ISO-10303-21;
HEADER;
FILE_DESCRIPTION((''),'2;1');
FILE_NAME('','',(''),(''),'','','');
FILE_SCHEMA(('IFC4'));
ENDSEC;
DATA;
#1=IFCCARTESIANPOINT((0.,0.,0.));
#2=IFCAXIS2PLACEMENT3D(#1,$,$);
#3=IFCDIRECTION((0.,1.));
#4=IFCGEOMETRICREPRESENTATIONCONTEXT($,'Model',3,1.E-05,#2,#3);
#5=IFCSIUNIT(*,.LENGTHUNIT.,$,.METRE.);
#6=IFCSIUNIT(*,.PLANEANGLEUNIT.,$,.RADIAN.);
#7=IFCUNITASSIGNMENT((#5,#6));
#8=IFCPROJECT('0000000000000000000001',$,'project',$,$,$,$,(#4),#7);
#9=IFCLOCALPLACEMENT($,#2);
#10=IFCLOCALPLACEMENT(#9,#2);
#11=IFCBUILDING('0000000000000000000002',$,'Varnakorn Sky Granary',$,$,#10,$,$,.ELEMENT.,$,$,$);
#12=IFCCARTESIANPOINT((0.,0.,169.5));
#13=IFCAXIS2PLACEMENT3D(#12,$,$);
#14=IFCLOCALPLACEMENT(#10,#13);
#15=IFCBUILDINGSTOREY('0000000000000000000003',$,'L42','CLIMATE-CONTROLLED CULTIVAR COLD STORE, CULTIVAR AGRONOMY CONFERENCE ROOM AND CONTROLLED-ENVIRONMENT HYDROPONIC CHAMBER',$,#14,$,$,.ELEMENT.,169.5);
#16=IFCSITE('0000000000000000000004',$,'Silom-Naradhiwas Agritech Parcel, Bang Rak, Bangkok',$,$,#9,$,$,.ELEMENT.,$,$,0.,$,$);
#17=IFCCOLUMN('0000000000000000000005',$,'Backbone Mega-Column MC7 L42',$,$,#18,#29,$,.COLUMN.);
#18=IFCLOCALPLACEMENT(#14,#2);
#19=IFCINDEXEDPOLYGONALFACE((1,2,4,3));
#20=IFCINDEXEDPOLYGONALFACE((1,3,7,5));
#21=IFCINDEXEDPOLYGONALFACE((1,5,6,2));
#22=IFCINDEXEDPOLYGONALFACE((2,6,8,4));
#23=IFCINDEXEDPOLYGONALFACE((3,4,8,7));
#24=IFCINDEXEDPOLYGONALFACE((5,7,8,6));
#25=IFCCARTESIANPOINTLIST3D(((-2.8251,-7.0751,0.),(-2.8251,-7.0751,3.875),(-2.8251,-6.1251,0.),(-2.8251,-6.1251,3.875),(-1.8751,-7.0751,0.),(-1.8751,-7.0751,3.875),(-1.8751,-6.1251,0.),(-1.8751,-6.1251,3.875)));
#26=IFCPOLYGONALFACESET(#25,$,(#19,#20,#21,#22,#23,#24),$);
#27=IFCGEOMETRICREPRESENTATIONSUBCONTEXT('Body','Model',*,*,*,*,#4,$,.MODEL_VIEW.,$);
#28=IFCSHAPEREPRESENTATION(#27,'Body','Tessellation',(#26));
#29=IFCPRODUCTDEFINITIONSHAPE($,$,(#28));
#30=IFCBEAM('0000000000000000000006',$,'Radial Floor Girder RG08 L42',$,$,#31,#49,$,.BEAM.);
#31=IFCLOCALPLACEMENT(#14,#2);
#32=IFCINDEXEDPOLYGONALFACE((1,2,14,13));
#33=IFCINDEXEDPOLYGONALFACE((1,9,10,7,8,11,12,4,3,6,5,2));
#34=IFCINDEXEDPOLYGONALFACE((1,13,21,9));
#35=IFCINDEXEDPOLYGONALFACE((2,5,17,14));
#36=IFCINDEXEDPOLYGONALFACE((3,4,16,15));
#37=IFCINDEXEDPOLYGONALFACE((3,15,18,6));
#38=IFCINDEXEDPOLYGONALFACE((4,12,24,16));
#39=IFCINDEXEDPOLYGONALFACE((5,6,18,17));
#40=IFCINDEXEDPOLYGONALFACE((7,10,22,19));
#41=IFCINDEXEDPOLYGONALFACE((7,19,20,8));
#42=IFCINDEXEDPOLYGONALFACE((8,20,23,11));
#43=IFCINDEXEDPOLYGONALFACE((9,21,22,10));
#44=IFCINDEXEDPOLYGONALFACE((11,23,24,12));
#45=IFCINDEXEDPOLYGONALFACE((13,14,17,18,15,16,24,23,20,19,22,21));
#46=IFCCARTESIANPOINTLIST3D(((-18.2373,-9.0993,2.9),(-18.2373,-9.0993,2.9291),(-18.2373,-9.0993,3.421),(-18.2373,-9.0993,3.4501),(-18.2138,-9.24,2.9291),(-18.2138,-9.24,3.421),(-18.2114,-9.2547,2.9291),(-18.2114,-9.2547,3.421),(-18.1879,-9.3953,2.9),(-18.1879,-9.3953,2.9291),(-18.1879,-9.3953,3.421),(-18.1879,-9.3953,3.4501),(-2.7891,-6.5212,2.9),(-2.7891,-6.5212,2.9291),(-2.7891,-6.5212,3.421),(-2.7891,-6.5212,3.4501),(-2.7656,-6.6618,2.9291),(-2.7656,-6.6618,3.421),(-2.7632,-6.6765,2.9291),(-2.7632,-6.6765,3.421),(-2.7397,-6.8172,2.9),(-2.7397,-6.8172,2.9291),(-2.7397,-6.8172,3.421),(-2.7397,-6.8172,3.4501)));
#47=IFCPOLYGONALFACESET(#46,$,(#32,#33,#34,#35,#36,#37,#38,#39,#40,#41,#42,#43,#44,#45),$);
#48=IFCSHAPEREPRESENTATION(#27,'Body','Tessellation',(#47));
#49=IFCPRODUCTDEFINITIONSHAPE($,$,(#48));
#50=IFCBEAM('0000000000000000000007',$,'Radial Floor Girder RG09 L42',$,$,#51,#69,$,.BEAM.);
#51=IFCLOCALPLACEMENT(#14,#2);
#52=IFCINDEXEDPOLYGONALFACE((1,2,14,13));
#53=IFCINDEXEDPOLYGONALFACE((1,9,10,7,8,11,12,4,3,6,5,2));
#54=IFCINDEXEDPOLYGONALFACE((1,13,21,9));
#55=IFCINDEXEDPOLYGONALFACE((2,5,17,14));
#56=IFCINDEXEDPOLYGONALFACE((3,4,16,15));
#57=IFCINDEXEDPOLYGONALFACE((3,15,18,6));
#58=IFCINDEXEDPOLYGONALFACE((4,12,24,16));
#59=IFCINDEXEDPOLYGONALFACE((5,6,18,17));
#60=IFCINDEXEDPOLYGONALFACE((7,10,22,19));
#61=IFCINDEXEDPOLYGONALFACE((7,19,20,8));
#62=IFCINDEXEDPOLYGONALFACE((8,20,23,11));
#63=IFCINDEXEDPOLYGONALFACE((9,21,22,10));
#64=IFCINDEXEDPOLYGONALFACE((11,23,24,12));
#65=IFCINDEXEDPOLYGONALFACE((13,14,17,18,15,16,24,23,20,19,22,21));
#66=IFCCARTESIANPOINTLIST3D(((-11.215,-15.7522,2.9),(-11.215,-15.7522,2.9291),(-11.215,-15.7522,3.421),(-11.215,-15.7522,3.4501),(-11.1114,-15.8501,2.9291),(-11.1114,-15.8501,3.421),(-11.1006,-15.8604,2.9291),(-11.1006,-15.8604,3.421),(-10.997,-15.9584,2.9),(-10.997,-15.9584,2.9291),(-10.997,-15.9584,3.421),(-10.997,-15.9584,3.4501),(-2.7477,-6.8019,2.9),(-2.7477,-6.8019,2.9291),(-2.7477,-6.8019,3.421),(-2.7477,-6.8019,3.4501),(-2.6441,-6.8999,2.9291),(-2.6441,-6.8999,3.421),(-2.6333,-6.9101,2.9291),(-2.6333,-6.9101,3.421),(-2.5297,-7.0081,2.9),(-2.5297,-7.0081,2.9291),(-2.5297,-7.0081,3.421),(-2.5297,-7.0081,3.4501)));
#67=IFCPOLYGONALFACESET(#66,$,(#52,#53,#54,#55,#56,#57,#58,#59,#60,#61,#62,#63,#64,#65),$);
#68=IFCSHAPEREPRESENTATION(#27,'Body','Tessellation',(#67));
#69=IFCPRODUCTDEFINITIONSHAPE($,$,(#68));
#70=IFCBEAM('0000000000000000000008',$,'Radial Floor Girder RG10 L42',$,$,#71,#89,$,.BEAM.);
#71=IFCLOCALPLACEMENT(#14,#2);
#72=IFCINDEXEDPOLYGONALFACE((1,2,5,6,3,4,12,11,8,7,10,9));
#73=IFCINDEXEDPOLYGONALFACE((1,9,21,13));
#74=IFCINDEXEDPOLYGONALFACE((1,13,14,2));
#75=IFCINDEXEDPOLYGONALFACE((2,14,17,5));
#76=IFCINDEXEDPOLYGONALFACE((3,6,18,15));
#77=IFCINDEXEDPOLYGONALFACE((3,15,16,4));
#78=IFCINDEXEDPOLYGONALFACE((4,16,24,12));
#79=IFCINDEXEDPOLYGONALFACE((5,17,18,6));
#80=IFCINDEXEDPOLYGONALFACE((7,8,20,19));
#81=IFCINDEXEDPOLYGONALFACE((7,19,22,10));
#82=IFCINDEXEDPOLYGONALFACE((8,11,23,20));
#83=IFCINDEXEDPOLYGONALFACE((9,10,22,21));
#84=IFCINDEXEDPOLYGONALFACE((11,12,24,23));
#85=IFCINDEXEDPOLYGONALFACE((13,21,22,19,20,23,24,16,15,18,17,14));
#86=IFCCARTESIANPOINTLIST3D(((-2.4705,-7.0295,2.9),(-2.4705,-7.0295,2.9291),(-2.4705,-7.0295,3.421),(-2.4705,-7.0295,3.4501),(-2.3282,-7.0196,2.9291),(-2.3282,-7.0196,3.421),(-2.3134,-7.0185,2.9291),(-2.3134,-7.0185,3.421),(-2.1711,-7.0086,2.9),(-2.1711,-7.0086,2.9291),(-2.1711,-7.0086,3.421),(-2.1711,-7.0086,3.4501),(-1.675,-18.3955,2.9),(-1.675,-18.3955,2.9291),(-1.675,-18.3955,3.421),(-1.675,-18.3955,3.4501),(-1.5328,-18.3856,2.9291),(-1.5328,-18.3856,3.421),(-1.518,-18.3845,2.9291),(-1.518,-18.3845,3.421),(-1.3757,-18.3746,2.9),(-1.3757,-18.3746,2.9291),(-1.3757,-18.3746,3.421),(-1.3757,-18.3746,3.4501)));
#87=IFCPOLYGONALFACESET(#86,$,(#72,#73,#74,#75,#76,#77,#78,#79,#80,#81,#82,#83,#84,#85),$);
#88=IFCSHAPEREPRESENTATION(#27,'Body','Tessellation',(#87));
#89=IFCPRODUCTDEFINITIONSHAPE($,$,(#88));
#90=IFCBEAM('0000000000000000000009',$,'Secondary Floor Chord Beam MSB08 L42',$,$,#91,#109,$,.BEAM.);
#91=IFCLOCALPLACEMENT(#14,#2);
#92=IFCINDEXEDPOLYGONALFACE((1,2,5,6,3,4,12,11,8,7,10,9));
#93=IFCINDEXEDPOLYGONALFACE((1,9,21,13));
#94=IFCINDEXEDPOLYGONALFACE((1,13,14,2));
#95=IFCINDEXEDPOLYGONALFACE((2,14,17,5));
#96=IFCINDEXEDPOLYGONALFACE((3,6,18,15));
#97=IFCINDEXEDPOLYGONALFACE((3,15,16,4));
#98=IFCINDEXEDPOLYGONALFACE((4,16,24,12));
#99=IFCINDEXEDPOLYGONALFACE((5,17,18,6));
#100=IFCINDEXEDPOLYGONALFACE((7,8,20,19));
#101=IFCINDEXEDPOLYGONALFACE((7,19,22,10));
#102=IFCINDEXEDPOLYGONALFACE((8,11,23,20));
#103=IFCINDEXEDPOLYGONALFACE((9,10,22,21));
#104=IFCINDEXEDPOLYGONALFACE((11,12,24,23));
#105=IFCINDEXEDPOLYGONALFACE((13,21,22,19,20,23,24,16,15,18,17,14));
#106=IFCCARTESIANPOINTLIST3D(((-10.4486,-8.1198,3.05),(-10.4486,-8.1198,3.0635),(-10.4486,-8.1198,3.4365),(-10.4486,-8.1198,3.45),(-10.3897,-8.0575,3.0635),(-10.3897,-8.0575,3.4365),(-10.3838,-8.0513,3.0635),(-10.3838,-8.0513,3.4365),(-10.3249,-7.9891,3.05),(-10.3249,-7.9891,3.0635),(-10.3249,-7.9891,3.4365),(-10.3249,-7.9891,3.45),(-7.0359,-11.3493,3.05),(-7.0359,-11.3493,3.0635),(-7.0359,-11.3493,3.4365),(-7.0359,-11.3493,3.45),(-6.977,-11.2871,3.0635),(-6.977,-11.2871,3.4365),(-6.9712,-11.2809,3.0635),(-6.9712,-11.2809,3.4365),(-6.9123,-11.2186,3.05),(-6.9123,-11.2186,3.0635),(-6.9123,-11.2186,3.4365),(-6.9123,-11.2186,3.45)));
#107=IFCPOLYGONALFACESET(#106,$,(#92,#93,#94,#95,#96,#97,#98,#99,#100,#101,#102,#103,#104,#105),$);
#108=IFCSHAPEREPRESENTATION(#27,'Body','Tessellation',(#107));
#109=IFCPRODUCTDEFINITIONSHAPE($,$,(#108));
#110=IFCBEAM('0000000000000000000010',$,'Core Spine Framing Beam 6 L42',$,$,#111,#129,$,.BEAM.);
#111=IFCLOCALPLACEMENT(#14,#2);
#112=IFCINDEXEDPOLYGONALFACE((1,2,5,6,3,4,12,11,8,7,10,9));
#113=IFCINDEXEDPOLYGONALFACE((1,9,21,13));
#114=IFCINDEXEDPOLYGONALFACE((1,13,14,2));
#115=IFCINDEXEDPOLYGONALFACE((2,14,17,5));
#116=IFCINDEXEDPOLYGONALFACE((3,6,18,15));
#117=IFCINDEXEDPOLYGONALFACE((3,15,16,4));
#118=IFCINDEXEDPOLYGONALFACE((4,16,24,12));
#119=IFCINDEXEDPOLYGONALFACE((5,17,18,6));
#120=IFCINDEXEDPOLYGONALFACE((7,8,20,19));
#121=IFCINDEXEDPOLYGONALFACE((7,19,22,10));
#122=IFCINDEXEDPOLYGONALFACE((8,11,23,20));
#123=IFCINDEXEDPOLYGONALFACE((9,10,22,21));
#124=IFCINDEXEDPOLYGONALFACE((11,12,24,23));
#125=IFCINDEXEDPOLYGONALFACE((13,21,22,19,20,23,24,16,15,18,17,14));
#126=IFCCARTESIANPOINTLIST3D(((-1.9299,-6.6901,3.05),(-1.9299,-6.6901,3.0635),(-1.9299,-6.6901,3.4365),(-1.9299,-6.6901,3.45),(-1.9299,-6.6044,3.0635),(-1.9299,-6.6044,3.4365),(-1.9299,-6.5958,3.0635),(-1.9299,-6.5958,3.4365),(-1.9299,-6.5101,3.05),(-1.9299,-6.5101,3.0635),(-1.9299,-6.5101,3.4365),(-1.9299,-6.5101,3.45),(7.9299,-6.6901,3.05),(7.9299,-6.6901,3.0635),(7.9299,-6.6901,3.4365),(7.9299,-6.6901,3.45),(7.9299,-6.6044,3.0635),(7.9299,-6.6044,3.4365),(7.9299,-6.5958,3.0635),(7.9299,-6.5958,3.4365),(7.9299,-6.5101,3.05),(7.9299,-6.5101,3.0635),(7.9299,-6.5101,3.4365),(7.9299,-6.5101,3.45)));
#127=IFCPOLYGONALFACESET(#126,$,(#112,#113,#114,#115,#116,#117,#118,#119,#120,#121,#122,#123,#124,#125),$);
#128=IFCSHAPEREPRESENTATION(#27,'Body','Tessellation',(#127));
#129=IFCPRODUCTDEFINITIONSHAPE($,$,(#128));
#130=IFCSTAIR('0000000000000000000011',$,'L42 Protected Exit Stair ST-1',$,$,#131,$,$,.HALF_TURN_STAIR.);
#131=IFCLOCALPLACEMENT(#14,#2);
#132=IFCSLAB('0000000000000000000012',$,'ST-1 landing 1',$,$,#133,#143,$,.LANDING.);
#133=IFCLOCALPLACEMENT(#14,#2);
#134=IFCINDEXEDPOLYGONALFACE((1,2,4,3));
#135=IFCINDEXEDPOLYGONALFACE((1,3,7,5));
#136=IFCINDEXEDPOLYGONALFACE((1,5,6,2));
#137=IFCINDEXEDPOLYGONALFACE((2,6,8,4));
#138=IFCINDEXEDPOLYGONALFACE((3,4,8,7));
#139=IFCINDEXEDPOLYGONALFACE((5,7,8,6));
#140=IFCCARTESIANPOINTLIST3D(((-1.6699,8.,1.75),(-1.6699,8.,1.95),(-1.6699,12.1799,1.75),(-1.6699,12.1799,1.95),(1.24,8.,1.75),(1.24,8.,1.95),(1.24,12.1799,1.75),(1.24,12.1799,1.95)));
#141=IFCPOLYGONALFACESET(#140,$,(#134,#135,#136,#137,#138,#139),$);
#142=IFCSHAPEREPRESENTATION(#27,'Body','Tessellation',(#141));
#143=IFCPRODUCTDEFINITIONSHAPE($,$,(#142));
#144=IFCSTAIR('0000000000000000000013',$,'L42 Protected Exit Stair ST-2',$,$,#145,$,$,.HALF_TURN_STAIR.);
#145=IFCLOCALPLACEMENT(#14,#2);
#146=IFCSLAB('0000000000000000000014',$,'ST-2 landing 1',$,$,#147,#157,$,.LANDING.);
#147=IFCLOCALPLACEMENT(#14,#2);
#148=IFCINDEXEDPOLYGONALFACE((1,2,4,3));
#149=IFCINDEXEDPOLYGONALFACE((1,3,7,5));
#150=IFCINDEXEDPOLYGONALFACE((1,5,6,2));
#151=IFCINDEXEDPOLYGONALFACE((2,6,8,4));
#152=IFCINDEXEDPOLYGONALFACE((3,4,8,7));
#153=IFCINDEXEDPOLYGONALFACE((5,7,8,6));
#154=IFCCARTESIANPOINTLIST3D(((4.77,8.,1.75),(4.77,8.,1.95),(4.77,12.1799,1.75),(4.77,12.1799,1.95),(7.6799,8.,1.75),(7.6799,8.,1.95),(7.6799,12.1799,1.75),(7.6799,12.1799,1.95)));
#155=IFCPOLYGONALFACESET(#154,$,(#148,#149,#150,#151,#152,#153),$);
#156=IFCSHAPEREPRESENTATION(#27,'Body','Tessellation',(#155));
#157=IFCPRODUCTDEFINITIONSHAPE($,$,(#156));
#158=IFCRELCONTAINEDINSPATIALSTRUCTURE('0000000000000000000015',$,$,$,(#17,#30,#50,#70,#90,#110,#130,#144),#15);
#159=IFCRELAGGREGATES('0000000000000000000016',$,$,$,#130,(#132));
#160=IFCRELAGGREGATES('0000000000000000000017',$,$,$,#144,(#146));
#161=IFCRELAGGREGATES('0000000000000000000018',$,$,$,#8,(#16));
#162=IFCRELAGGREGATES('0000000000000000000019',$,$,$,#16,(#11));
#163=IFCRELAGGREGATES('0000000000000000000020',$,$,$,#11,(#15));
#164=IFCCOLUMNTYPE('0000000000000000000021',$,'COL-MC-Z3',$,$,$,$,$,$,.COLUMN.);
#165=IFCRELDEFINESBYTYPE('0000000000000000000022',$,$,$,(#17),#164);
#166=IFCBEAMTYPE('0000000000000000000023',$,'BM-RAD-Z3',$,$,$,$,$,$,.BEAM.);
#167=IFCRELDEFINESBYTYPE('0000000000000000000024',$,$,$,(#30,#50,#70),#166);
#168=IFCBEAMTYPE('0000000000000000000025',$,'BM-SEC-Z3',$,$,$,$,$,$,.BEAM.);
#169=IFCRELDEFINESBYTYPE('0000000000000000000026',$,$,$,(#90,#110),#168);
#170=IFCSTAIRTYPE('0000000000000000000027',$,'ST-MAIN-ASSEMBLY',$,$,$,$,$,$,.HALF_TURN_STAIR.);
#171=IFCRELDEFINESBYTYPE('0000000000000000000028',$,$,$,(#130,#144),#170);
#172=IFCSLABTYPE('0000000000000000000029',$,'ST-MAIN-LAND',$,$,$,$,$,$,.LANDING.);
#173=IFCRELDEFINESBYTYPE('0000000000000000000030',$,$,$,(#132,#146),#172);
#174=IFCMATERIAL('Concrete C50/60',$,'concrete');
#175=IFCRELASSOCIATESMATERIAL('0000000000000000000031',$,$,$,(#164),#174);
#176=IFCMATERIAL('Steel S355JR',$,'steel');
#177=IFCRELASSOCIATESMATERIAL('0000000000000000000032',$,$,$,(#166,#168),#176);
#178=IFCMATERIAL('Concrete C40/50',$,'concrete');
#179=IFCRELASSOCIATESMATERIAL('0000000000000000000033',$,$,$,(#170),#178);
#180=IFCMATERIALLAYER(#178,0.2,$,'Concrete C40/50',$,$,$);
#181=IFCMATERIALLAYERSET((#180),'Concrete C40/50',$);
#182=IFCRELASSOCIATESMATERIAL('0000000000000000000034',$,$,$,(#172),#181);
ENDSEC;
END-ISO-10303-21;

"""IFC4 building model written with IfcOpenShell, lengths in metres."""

from ifc_helpers import new_model, si_unit, direction, frame, origin, origin_2d, place, context, subcontext, project, spatial, polyline, rectangle, i_section, outline, extrude, material, layer, layer_set, material_profile, profile_set, type_object, element, aggregate, save


model = new_model("IFC4")

# Units and contexts
model_context = context("Model", 3, precision=1e-05, world=origin(), true_north=direction((0.0, 1.0)))
body_context = subcontext(model_context, "Body", "Model", "MODEL_VIEW")
ifc_project = project(units=[si_unit("LENGTHUNIT", "METRE"), si_unit("PLANEANGLEUNIT", "RADIAN")], contexts=[model_context])

# Site, building, storey
site_placement = place(None, origin())
site = spatial("IfcSite", under=ifc_project, at=site_placement, Name="Silom-Naradhiwas Agritech Parcel, Bang Rak, Bangkok", CompositionType="ELEMENT", RefElevation=0.0)
building_placement = place(site_placement, origin())
building = spatial("IfcBuilding", under=site, at=building_placement, Name="Varnakorn Sky Granary", CompositionType="ELEMENT")
storey_placement = place(building_placement, frame((0.0, 0.0, 169.5)))
storey = spatial("IfcBuildingStorey", under=building, at=storey_placement, Name="L42", Description="CLIMATE-CONTROLLED CULTIVAR COLD STORE, CULTIVAR AGRONOMY CONFERENCE ROOM AND CONTROLLED-ENVIRONMENT HYDROPONIC CHAMBER", CompositionType="ELEMENT", Elevation=169.5)

# Column
ifc_material_1 = material(Name="Concrete C50/60", Category="concrete")
ifc_material_profile_1 = material_profile(ifc_material_1, rectangle(XDim=0.95, YDim=0.95, at=origin_2d()), Name="RC 950x950")
ifc_profile_set_1 = profile_set([ifc_material_profile_1], Name="Concrete C50/60")
column_type = type_object("IfcColumnType", Name="COL-MC-Z3", PredefinedType="COLUMN", material=ifc_profile_set_1)
column_placement = place(storey_placement, frame((-2.3501, -6.6001, 0.0), z_axis=(0.0, 0.0, 1.0), x_axis=(1.0, 0.0, 0.0)))
element("IfcColumn", 1, at=column_placement, inside=storey, type_object=column_type, Name="Backbone Mega-Column MC7 L42", PredefinedType="COLUMN", context=body_context, shape_type="SweptSolid", body=[
    extrude(rectangle(XDim=0.95, YDim=0.95, at=origin_2d()), origin(), (0.0, 0.0, 1.0), 3.875),
])

# Beams
ifc_material_2 = material(Name="Steel S355JR", Category="steel")
ifc_material_profile_2 = material_profile(ifc_material_2, i_section(OverallWidth=0.3, OverallDepth=0.55, WebThickness=0.0149, FlangeThickness=0.0291, at=origin_2d()), Name="HE 550 B")
ifc_profile_set_2 = profile_set([ifc_material_profile_2], Name="Steel S355JR")
beam_type_1 = type_object("IfcBeamType", Name="BM-RAD-Z3", PredefinedType="BEAM", material=ifc_profile_set_2)
beam_1_placement = place(storey_placement, frame((-2.7644, -6.6692, 3.175), z_axis=(-0.986359, -0.164611, 0.0), x_axis=(0.164611, -0.986359, 0.0)))
element("IfcBeam", 2, at=beam_1_placement, inside=storey, type_object=beam_type_1, Name="Radial Floor Girder RG08 L42", PredefinedType="BEAM", context=body_context, shape_type="SweptSolid", body=[
    extrude(i_section(OverallWidth=0.3, OverallDepth=0.55, WebThickness=0.0149, FlangeThickness=0.0291, at=origin_2d()), origin(), (0.0, 0.0, 1.0), 15.6619),
])
beam_2_placement = place(storey_placement, frame((-2.6387, -6.905, 3.175), z_axis=(-0.687238, -0.726433, 0.0), x_axis=(0.726433, -0.687238, 0.0)))
element("IfcBeam", 3, at=beam_2_placement, inside=storey, type_object=beam_type_1, Name="Radial Floor Girder RG09 L42", PredefinedType="BEAM", context=body_context, shape_type="SweptSolid", body=[
    extrude(i_section(OverallWidth=0.3, OverallDepth=0.55, WebThickness=0.0149, FlangeThickness=0.0291, at=origin_2d()), origin(), (0.0, 0.0, 1.0), 12.3208),
])
beam_3_placement = place(storey_placement, frame((-2.3208, -7.019, 3.175), z_axis=(0.069811, -0.99756, 0.0), x_axis=(0.99756, 0.069811, 0.0)))
element("IfcBeam", 4, at=beam_3_placement, inside=storey, type_object=beam_type_1, Name="Radial Floor Girder RG10 L42", PredefinedType="BEAM", context=body_context, shape_type="SweptSolid", body=[
    extrude(i_section(OverallWidth=0.3, OverallDepth=0.55, WebThickness=0.0149, FlangeThickness=0.0291, at=origin_2d()), origin(), (0.0, 0.0, 1.0), 11.3938),
])
ifc_material_profile_3 = material_profile(ifc_material_2, i_section(OverallWidth=0.1799, OverallDepth=0.3999, WebThickness=0.0085, FlangeThickness=0.0134, at=origin_2d()), Name="IPE 400")
ifc_profile_set_3 = profile_set([ifc_material_profile_3], Name="Steel S355JR")
beam_type_2 = type_object("IfcBeamType", Name="BM-SEC-Z3", PredefinedType="BEAM", material=ifc_profile_set_3)
beam_4_placement = place(storey_placement, frame((-10.3867, -8.0544, 3.25), z_axis=(0.726324, -0.687353, 0.0), x_axis=(0.687353, 0.726324, 0.0)))
element("IfcBeam", 5, at=beam_4_placement, inside=storey, type_object=beam_type_2, Name="Secondary Floor Chord Beam MSB08 L42", PredefinedType="BEAM", context=body_context, shape_type="SweptSolid", body=[
    extrude(i_section(OverallWidth=0.1799, OverallDepth=0.3999, WebThickness=0.0085, FlangeThickness=0.0134, at=origin_2d()), origin(), (0.0, 0.0, 1.0), 4.6985),
])
beam_5_placement = place(storey_placement, frame((-1.9299, -6.6001, 3.25), z_axis=(1.0, 0.0, 0.0), x_axis=(0.0, 1.0, 0.0)))
element("IfcBeam", 6, at=beam_5_placement, inside=storey, type_object=beam_type_2, Name="Core Spine Framing Beam 6 L42", PredefinedType="BEAM", context=body_context, shape_type="SweptSolid", body=[
    extrude(i_section(OverallWidth=0.1799, OverallDepth=0.3999, WebThickness=0.0085, FlangeThickness=0.0134, at=origin_2d()), origin(), (0.0, 0.0, 1.0), 9.8599),
])

# Stairs, slabs
ifc_material_3 = material(Name="Concrete C40/50", Category="concrete")
stair_type = type_object("IfcStairType", Name="ST-MAIN-ASSEMBLY", PredefinedType="HALF_TURN_STAIR", material=ifc_material_3)
stair_1_placement = place(storey_placement, origin())
stair_1 = element("IfcStair", 7, at=stair_1_placement, inside=storey, type_object=stair_type, Name="L42 Protected Exit Stair ST-1", PredefinedType="HALF_TURN_STAIR")
ifc_layer_1 = layer(ifc_material_3, 0.2, Name="Concrete C40/50")
ifc_layer_set_1 = layer_set([ifc_layer_1], Name="Concrete C40/50")
slab_type_1 = type_object("IfcSlabType", Name="ST-MAIN-LAND", PredefinedType="LANDING", material=ifc_layer_set_1)
slab_1_placement = place(storey_placement, frame((0.0, 0.0, 1.75)))
slab_1 = element("IfcSlab", 8, at=slab_1_placement, type_object=slab_type_1, Name="ST-1 landing 1", PredefinedType="LANDING", context=body_context, shape_type="SweptSolid", body=[
    extrude(outline(polyline([(1.24, 8.0), (1.24, 12.1799), (-1.6699, 12.1799), (-1.6699, 8.0), (1.24, 8.0)])), origin(), (0.0, 0.0, 1.0), 0.2),
])
aggregate(stair_1, [slab_1])
stair_2_placement = place(storey_placement, origin())
stair_2 = element("IfcStair", 9, at=stair_2_placement, inside=storey, type_object=stair_type, Name="L42 Protected Exit Stair ST-2", PredefinedType="HALF_TURN_STAIR")
slab_2_placement = place(storey_placement, frame((0.0, 0.0, 1.75)))
slab_2 = element("IfcSlab", 10, at=slab_2_placement, type_object=slab_type_1, Name="ST-2 landing 1", PredefinedType="LANDING", context=body_context, shape_type="SweptSolid", body=[
    extrude(outline(polyline([(7.6799, 8.0), (7.6799, 12.1799), (4.77, 12.1799), (4.77, 8.0), (7.6799, 8.0)])), origin(), (0.0, 0.0, 1.0), 0.2),
])
aggregate(stair_2, [slab_2])

save(model, "model.ifc")
